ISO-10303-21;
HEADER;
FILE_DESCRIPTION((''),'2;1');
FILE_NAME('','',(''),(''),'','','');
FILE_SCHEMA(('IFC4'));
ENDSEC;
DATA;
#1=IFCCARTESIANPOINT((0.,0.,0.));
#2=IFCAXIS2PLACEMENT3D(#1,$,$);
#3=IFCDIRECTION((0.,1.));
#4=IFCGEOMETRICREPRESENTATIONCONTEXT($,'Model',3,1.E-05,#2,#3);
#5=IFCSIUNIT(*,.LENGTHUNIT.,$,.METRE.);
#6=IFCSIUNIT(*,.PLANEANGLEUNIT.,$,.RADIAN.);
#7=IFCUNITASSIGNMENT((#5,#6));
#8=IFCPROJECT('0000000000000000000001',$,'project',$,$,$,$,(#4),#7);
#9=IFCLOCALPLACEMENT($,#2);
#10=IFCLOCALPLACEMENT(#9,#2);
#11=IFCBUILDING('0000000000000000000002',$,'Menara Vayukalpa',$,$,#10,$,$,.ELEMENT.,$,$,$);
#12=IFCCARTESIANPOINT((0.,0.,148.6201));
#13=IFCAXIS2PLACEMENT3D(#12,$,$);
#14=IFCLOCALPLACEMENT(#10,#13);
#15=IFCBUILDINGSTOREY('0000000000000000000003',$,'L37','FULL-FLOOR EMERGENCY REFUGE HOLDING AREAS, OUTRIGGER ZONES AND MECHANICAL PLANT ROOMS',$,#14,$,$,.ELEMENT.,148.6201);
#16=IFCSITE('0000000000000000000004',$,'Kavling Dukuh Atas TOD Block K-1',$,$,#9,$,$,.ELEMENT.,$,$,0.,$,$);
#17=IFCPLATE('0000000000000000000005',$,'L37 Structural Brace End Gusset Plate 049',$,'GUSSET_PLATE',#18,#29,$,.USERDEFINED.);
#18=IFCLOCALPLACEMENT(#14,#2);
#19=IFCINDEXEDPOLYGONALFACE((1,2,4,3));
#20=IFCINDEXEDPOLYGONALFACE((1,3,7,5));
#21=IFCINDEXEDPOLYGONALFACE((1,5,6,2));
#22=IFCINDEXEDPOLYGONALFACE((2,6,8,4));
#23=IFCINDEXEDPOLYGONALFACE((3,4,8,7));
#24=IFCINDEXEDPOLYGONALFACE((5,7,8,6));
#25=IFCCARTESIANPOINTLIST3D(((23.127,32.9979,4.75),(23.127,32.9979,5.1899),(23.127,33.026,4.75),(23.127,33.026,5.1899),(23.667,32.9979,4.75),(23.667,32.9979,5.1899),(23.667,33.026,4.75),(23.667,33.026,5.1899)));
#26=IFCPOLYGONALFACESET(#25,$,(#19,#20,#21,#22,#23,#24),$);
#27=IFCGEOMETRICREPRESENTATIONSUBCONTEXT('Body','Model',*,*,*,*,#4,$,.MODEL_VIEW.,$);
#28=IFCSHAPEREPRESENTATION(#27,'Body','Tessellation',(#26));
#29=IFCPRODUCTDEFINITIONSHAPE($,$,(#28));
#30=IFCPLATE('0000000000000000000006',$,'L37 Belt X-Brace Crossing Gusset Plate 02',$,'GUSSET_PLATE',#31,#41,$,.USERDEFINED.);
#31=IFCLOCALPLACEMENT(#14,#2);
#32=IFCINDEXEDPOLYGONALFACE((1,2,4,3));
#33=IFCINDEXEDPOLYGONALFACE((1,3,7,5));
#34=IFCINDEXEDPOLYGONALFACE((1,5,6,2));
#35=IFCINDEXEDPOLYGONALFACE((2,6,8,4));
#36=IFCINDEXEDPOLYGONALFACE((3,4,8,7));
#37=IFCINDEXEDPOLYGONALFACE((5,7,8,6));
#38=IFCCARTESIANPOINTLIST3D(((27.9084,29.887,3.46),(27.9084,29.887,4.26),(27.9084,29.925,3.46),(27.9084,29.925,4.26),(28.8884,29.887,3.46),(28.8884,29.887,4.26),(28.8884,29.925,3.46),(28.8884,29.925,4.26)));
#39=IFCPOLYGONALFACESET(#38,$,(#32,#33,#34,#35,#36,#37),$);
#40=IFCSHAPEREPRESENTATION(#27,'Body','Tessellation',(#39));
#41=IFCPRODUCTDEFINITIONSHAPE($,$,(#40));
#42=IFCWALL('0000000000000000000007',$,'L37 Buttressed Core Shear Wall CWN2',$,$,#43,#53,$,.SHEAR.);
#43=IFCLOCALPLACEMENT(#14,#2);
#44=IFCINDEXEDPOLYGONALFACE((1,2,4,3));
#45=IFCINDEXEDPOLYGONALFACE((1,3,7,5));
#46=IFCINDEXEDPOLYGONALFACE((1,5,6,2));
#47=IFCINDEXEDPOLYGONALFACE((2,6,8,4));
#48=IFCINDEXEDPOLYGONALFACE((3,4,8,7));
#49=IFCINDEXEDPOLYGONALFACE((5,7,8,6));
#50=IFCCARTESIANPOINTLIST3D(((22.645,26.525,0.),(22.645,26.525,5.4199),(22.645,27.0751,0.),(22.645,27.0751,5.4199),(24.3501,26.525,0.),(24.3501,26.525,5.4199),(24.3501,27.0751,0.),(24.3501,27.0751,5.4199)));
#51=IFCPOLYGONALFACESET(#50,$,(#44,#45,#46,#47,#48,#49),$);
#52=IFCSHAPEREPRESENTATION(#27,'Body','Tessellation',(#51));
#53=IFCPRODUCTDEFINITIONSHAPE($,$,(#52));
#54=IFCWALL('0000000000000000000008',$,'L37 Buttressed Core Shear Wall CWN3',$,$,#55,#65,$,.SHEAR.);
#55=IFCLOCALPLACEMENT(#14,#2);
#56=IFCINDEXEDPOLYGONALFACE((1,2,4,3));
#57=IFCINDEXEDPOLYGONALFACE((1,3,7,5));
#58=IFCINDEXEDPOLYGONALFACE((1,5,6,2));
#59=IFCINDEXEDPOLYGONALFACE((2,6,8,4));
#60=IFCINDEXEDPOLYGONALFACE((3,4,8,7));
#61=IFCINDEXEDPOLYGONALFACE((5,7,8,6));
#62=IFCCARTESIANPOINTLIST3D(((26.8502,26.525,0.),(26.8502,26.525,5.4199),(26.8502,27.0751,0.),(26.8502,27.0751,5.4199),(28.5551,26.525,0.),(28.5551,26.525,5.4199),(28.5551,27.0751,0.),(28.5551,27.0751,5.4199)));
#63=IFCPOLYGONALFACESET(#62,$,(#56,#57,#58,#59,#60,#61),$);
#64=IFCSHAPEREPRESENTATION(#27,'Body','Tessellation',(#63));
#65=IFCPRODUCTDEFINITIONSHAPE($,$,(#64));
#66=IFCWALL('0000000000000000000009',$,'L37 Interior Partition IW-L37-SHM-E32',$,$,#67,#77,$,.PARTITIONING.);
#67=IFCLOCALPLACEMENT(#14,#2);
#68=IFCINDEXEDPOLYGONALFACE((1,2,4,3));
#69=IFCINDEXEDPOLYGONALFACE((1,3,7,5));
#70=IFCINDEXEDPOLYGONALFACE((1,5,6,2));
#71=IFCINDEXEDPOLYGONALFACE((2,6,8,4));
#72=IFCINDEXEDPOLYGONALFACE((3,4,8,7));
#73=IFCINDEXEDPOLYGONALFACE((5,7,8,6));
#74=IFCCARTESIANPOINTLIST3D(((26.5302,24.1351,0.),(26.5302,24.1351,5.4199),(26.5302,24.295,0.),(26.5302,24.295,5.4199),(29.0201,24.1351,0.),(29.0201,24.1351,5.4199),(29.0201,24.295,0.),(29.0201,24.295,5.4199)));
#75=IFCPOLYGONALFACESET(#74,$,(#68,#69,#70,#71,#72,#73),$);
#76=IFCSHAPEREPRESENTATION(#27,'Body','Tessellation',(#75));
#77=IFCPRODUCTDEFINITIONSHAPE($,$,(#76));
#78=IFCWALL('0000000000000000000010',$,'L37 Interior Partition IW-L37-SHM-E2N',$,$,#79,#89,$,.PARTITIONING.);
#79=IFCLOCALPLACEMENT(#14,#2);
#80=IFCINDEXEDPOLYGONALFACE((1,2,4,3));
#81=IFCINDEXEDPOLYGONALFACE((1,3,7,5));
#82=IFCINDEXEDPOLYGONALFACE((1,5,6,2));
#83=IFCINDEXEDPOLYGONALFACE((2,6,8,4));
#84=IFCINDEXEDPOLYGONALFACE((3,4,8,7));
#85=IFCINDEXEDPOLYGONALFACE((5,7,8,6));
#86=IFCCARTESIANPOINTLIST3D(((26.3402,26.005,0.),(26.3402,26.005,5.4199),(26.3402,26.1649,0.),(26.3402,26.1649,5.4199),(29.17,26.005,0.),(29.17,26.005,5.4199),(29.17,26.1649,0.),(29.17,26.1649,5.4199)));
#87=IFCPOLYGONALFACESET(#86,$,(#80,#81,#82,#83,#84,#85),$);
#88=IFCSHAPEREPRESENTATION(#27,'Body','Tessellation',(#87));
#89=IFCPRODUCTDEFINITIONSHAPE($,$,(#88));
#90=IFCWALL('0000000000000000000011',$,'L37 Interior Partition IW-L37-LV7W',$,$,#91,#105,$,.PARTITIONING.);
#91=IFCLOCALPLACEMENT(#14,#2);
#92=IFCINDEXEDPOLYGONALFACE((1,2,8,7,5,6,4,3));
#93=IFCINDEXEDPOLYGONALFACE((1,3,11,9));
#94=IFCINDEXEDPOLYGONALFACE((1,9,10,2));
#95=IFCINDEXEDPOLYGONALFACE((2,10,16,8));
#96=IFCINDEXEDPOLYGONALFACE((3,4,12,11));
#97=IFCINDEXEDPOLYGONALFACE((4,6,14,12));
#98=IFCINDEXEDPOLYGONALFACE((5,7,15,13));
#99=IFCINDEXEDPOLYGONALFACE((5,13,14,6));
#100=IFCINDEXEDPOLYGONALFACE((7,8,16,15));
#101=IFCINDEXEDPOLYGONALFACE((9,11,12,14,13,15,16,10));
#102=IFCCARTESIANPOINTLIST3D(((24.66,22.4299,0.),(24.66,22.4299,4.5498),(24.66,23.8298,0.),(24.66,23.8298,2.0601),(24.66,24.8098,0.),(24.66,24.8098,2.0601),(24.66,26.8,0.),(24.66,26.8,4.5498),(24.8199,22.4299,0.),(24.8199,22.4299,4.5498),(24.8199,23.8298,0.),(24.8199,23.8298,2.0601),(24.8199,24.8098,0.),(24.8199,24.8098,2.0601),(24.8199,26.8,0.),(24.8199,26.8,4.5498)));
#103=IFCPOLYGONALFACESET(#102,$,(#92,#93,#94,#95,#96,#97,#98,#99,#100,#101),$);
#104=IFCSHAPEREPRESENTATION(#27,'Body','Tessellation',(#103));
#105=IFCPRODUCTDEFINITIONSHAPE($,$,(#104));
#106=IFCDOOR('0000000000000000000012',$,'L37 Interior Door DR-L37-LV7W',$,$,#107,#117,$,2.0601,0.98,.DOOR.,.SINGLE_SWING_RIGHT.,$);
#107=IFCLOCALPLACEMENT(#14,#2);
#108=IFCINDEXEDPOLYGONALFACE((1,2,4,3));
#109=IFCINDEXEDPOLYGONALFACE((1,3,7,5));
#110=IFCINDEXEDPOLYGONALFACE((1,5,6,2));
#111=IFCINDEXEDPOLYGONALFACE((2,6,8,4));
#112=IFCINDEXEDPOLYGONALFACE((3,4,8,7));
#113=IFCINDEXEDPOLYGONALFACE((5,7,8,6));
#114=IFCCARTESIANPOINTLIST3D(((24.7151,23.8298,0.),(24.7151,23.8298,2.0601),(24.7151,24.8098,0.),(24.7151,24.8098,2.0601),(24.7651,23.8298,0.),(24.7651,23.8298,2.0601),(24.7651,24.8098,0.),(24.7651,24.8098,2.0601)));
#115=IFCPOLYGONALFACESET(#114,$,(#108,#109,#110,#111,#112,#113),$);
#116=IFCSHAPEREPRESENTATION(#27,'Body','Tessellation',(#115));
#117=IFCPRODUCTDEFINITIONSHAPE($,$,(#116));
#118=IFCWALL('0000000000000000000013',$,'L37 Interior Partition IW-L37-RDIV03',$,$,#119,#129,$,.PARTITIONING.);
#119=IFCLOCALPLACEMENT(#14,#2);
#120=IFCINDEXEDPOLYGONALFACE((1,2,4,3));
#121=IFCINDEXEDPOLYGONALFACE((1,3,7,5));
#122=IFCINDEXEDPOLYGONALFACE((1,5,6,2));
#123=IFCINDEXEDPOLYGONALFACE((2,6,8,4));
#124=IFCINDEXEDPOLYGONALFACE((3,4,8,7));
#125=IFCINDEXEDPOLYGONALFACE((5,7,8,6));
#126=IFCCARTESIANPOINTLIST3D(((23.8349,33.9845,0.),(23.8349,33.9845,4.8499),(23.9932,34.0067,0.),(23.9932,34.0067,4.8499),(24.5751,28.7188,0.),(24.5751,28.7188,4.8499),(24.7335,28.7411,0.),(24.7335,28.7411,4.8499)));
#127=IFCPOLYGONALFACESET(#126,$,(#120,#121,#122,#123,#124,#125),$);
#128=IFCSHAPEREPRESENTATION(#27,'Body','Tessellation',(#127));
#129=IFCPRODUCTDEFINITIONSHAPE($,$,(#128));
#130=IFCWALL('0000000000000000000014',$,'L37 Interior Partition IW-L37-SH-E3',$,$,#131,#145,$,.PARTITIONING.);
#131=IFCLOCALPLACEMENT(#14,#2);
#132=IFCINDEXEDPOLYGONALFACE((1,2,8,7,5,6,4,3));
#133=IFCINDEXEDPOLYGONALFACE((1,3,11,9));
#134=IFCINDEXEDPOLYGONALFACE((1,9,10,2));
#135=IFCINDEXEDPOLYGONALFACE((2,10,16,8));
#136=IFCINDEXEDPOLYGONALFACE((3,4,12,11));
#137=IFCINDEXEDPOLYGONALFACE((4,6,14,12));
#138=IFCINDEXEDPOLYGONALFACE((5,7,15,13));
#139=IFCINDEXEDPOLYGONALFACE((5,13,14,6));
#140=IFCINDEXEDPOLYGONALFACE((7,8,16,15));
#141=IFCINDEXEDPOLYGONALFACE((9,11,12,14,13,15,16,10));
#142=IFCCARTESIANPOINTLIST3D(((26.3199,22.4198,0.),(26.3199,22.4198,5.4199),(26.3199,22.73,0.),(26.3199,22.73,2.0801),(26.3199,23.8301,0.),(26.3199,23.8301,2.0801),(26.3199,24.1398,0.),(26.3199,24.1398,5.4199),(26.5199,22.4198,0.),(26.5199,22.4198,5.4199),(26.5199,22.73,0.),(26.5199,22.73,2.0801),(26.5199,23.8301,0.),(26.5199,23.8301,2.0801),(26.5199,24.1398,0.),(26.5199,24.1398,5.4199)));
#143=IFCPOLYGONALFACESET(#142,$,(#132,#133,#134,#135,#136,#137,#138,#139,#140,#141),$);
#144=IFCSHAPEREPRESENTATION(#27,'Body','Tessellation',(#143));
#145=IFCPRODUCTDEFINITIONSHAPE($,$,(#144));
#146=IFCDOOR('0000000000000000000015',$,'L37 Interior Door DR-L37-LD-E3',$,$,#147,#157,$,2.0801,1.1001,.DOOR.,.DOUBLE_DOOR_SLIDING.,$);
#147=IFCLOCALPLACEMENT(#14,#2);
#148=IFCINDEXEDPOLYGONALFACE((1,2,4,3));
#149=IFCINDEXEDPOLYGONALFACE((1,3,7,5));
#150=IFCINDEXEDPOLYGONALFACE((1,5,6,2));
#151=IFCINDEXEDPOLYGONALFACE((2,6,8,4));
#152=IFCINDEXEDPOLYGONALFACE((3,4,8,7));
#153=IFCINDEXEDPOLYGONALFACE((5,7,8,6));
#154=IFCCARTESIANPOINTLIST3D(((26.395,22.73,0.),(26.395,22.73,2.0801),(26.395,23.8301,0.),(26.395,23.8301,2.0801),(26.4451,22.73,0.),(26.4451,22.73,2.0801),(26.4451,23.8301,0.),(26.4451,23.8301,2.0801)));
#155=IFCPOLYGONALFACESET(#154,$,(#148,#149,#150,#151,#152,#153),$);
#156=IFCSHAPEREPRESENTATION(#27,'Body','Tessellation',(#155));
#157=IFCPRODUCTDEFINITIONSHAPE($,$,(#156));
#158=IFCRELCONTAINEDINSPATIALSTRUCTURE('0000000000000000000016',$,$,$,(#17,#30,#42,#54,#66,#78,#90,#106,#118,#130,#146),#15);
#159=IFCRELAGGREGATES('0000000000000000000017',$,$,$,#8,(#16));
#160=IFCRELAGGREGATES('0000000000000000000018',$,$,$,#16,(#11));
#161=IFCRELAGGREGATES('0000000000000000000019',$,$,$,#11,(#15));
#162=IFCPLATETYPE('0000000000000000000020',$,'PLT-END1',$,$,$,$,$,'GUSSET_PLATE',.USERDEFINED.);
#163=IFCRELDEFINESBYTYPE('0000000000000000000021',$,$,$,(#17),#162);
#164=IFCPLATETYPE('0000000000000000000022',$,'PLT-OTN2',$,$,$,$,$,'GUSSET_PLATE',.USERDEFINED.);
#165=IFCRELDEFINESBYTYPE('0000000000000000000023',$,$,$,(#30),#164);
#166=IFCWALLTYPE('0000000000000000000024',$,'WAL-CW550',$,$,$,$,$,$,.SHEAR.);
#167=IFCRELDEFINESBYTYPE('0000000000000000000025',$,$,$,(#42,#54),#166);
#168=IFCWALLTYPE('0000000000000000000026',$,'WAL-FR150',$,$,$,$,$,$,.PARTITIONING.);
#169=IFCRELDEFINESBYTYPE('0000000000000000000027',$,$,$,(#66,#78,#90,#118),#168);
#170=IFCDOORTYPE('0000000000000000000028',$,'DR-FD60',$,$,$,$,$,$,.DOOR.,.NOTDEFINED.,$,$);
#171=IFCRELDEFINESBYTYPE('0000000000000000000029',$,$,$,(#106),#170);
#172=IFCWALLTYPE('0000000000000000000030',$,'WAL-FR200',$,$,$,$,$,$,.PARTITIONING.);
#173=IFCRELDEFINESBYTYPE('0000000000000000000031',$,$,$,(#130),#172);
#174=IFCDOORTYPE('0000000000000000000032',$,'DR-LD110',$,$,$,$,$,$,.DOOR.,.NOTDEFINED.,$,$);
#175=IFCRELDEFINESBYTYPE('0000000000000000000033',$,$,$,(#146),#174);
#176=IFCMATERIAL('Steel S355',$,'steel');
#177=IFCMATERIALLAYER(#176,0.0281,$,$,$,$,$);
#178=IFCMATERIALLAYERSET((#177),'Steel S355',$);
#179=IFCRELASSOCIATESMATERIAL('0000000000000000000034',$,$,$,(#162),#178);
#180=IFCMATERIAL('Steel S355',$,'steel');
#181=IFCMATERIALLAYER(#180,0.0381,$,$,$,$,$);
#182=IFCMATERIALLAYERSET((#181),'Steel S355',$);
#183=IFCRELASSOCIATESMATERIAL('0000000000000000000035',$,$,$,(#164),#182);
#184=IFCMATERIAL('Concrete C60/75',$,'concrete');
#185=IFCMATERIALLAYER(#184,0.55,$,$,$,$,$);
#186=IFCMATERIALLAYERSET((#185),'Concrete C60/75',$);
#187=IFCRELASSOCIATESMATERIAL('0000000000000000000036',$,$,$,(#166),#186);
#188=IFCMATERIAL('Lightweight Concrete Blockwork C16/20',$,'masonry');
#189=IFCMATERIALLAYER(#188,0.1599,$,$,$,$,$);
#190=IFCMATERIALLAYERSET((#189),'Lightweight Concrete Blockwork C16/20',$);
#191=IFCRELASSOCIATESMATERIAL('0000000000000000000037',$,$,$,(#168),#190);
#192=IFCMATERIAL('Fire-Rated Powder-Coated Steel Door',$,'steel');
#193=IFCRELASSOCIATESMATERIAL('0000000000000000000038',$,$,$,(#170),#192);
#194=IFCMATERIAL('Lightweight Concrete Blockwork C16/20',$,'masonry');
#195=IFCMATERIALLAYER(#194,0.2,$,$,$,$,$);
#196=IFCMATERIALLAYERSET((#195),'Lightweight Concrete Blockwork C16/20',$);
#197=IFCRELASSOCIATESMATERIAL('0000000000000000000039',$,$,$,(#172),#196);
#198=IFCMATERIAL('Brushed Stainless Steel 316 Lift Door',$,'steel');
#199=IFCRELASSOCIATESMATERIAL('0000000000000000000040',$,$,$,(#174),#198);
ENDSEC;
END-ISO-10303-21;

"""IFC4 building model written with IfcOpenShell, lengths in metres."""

from ifc_helpers import new_model, si_unit, direction, frame, frame_2d, origin, origin_2d, place, context, subcontext, project, spatial, rectangle, extrude, material, layer, layer_set, type_object, element, fill, save


model = new_model("IFC4")

# Units and contexts
model_context = context("Model", 3, precision=1e-05, world=origin(), true_north=direction((0.0, 1.0)))
body_context = subcontext(model_context, "Body", "Model", "MODEL_VIEW")
ifc_project = project(units=[si_unit("LENGTHUNIT", "METRE"), si_unit("PLANEANGLEUNIT", "RADIAN")], contexts=[model_context])

# Site, building, storey
site_placement = place(None, origin())
site = spatial("IfcSite", under=ifc_project, at=site_placement, Name="Kavling Dukuh Atas TOD Block K-1", CompositionType="ELEMENT", RefElevation=0.0)
building_placement = place(site_placement, origin())
building = spatial("IfcBuilding", under=site, at=building_placement, Name="Menara Vayukalpa", CompositionType="ELEMENT")
storey_placement = place(building_placement, frame((0.0, 0.0, 148.6201)))
storey = spatial("IfcBuildingStorey", under=building, at=storey_placement, Name="L37", Description="FULL-FLOOR EMERGENCY REFUGE HOLDING AREAS, OUTRIGGER ZONES AND MECHANICAL PLANT ROOMS", CompositionType="ELEMENT", Elevation=148.6201)

# Plates
ifc_material_1 = material(Name="Steel S355", Category="steel")
ifc_layer_1 = layer(ifc_material_1, 0.0281)
ifc_layer_set_1 = layer_set([ifc_layer_1], Name="Steel S355")
plate_type_1 = type_object("IfcPlateType", Name="PLT-END1", ElementType="GUSSET_PLATE", PredefinedType="USERDEFINED", material=ifc_layer_set_1)
for number, where, z_axis, x_axis, name in (
    (1, (23.397, 33.012, 4.75), (0.0, 0.0, 1.0), (1.0, 0.0, 0.0), "L37 Structural Brace End Gusset Plate 049"),
):
    element("IfcPlate", number, at=place(storey_placement, frame(where, z_axis=z_axis, x_axis=x_axis)), inside=storey, type_object=plate_type_1, Name=name, ObjectType="GUSSET_PLATE", PredefinedType="USERDEFINED", context=body_context, shape_type="SweptSolid", body=[
        extrude(rectangle(XDim=0.54, YDim=0.0281, at=origin_2d()), origin(), (0.0, 0.0, 1.0), 0.4399),
    ])
ifc_material_2 = material(Name="Steel S355", Category="steel")
ifc_layer_2 = layer(ifc_material_2, 0.0381)
ifc_layer_set_2 = layer_set([ifc_layer_2], Name="Steel S355")
plate_type_2 = type_object("IfcPlateType", Name="PLT-OTN2", ElementType="GUSSET_PLATE", PredefinedType="USERDEFINED", material=ifc_layer_set_2)
plate_placement = place(storey_placement, frame((28.3984, 29.906, 3.46), z_axis=(0.0, 0.0, 1.0), x_axis=(1.0, 0.0, 0.0)))
element("IfcPlate", 2, at=plate_placement, inside=storey, type_object=plate_type_2, Name="L37 Belt X-Brace Crossing Gusset Plate 02", ObjectType="GUSSET_PLATE", PredefinedType="USERDEFINED", context=body_context, shape_type="SweptSolid", body=[
    extrude(rectangle(XDim=0.98, YDim=0.0381, at=origin_2d()), origin(), (0.0, 0.0, 1.0), 0.8),
])

# Walls
ifc_material_3 = material(Name="Concrete C60/75", Category="concrete")
ifc_layer_3 = layer(ifc_material_3, 0.55)
ifc_layer_set_3 = layer_set([ifc_layer_3], Name="Concrete C60/75")
wall_type_1 = type_object("IfcWallType", Name="WAL-CW550", PredefinedType="SHEAR", material=ifc_layer_set_3)
wall_1_placement = place(storey_placement, frame((22.645, 26.8, 0.0), z_axis=(0.0, 0.0, 1.0), x_axis=(1.0, 0.0, 0.0)))
element("IfcWall", 3, at=wall_1_placement, inside=storey, type_object=wall_type_1, Name="L37 Buttressed Core Shear Wall CWN2", PredefinedType="SHEAR", context=body_context, shape_type="SweptSolid", body=[
    extrude(rectangle(XDim=1.7051, YDim=0.55, at=frame_2d((0.8525, 0.0))), origin(), (0.0, 0.0, 1.0), 5.4199),
])
wall_2_placement = place(storey_placement, frame((26.8501, 26.8, 0.0), z_axis=(0.0, 0.0, 1.0), x_axis=(1.0, 0.0, 0.0)))
element("IfcWall", 4, at=wall_2_placement, inside=storey, type_object=wall_type_1, Name="L37 Buttressed Core Shear Wall CWN3", PredefinedType="SHEAR", context=body_context, shape_type="SweptSolid", body=[
    extrude(rectangle(XDim=1.7048, YDim=0.55, at=frame_2d((0.8525, 0.0))), origin(), (0.0, 0.0, 1.0), 5.4199),
])
ifc_material_4 = material(Name="Lightweight Concrete Blockwork C16/20", Category="masonry")
ifc_layer_4 = layer(ifc_material_4, 0.1599)
ifc_layer_set_4 = layer_set([ifc_layer_4], Name="Lightweight Concrete Blockwork C16/20")
wall_type_2 = type_object("IfcWallType", Name="WAL-FR150", PredefinedType="PARTITIONING", material=ifc_layer_set_4)
wall_3_placement = place(storey_placement, frame((26.53, 24.2151, 0.0), z_axis=(0.0, 0.0, 1.0), x_axis=(1.0, 0.0, 0.0)))
element("IfcWall", 5, at=wall_3_placement, inside=storey, type_object=wall_type_2, Name="L37 Interior Partition IW-L37-SHM-E32", PredefinedType="PARTITIONING", context=body_context, shape_type="SweptSolid", body=[
    extrude(rectangle(XDim=2.49, YDim=0.1599, at=frame_2d((1.2451, 0.0))), origin(), (0.0, 0.0, 1.0), 5.4199),
])
wall_4_placement = place(storey_placement, frame((26.3401, 26.085, 0.0), z_axis=(0.0, 0.0, 1.0), x_axis=(1.0, 0.0, 0.0)))
element("IfcWall", 6, at=wall_4_placement, inside=storey, type_object=wall_type_2, Name="L37 Interior Partition IW-L37-SHM-E2N", PredefinedType="PARTITIONING", context=body_context, shape_type="SweptSolid", body=[
    extrude(rectangle(XDim=2.8298, YDim=0.1599, at=frame_2d((1.415, 0.0))), origin(), (0.0, 0.0, 1.0), 5.4199),
])

# Wall, opening, door
wall_5_placement = place(storey_placement, frame((24.74, 22.4299, 0.0), z_axis=(0.0, 0.0, 1.0), x_axis=(0.0, 1.0, 0.0)))
wall_5 = element("IfcWall", 7, at=wall_5_placement, inside=storey, type_object=wall_type_2, Name="L37 Interior Partition IW-L37-LV7W", PredefinedType="PARTITIONING", context=body_context, shape_type="SweptSolid", body=[
    extrude(rectangle(XDim=4.3701, YDim=0.1599, at=frame_2d((2.1851, 0.0))), origin(), (0.0, 0.0, 1.0), 4.5498),
])
opening_1_placement = place(wall_5_placement, frame((1.3999, 0.0, 0.0)))
opening_1 = element("IfcOpeningElement", 8, at=opening_1_placement, cuts=wall_5, PredefinedType="OPENING", context=body_context, shape_type="SweptSolid", body=[
    extrude(rectangle(XDim=0.98, YDim=2.0601, at=frame_2d((0.49, 1.03))), frame((0.0, 0.0898, 0.0), z_axis=(0.0, -1.0, 0.0), x_axis=(1.0, 0.0, 0.0)), (0.0, 0.0, 1.0), 0.1799),
])
ifc_material_5 = material(Name="Fire-Rated Powder-Coated Steel Door", Category="steel")
door_type_1 = type_object("IfcDoorType", Name="DR-FD60", OperationType="NOTDEFINED", PredefinedType="DOOR", material=ifc_material_5)
door_1_placement = place(opening_1_placement, origin())
door_1 = element("IfcDoor", 9, at=door_1_placement, inside=storey, type_object=door_type_1, Name="L37 Interior Door DR-L37-LV7W", OperationType="SINGLE_SWING_RIGHT", OverallHeight=2.0601, OverallWidth=0.98, PredefinedType="DOOR", context=body_context, shape_type="SweptSolid", body=[
    extrude(rectangle(XDim=0.98, YDim=2.0601, at=frame_2d((0.49, 1.03))), frame((0.0, 0.0249, 0.0), z_axis=(0.0, -1.0, 0.0), x_axis=(1.0, 0.0, 0.0)), (0.0, 0.0, 1.0), 0.05),
])
fill(opening_1, door_1)

# Wall
wall_6_placement = place(storey_placement, frame((24.6543, 28.73, 0.0), z_axis=(0.0, 0.0, 1.0), x_axis=(-0.13921, 0.990263, 0.0)))
element("IfcWall", 10, at=wall_6_placement, inside=storey, type_object=wall_type_2, Name="L37 Interior Partition IW-L37-RDIV03", PredefinedType="PARTITIONING", context=body_context, shape_type="SweptSolid", body=[
    extrude(rectangle(XDim=5.3174, YDim=0.1599, at=frame_2d((2.6587, 0.0))), origin(), (0.0, 0.0, 1.0), 4.8499),
])

# Wall, opening, door
ifc_material_6 = material(Name="Lightweight Concrete Blockwork C16/20", Category="masonry")
ifc_layer_5 = layer(ifc_material_6, 0.2)
ifc_layer_set_5 = layer_set([ifc_layer_5], Name="Lightweight Concrete Blockwork C16/20")
wall_type_3 = type_object("IfcWallType", Name="WAL-FR200", PredefinedType="PARTITIONING", material=ifc_layer_set_5)
wall_7_placement = place(storey_placement, frame((26.4199, 22.4199, 0.0), z_axis=(0.0, 0.0, 1.0), x_axis=(0.0, 1.0, 0.0)))
wall_7 = element("IfcWall", 11, at=wall_7_placement, inside=storey, type_object=wall_type_3, Name="L37 Interior Partition IW-L37-SH-E3", PredefinedType="PARTITIONING", context=body_context, shape_type="SweptSolid", body=[
    extrude(rectangle(XDim=1.72, YDim=0.2, at=frame_2d((0.8599, 0.0))), origin(), (0.0, 0.0, 1.0), 5.4199),
])
opening_2_placement = place(wall_7_placement, frame((0.3101, 0.0, 0.0)))
opening_2 = element("IfcOpeningElement", 12, at=opening_2_placement, cuts=wall_7, PredefinedType="OPENING", context=body_context, shape_type="SweptSolid", body=[
    extrude(rectangle(XDim=1.1001, YDim=2.0801, at=frame_2d((0.55, 1.04))), frame((0.0, 0.1099, 0.0), z_axis=(0.0, -1.0, 0.0), x_axis=(1.0, 0.0, 0.0)), (0.0, 0.0, 1.0), 0.22),
])
ifc_material_7 = material(Name="Brushed Stainless Steel 316 Lift Door", Category="steel")
door_type_2 = type_object("IfcDoorType", Name="DR-LD110", OperationType="NOTDEFINED", PredefinedType="DOOR", material=ifc_material_7)
door_2_placement = place(opening_2_placement, origin())
door_2 = element("IfcDoor", 13, at=door_2_placement, inside=storey, type_object=door_type_2, Name="L37 Interior Door DR-L37-LD-E3", OperationType="DOUBLE_DOOR_SLIDING", OverallHeight=2.0801, OverallWidth=1.1001, PredefinedType="DOOR", context=body_context, shape_type="SweptSolid", body=[
    extrude(rectangle(XDim=1.1001, YDim=2.0801, at=frame_2d((0.55, 1.04))), frame((0.0, 0.0249, 0.0), z_axis=(0.0, -1.0, 0.0), x_axis=(1.0, 0.0, 0.0)), (0.0, 0.0, 1.0), 0.05),
])
fill(opening_2, door_2)

save(model, "model.ifc")
